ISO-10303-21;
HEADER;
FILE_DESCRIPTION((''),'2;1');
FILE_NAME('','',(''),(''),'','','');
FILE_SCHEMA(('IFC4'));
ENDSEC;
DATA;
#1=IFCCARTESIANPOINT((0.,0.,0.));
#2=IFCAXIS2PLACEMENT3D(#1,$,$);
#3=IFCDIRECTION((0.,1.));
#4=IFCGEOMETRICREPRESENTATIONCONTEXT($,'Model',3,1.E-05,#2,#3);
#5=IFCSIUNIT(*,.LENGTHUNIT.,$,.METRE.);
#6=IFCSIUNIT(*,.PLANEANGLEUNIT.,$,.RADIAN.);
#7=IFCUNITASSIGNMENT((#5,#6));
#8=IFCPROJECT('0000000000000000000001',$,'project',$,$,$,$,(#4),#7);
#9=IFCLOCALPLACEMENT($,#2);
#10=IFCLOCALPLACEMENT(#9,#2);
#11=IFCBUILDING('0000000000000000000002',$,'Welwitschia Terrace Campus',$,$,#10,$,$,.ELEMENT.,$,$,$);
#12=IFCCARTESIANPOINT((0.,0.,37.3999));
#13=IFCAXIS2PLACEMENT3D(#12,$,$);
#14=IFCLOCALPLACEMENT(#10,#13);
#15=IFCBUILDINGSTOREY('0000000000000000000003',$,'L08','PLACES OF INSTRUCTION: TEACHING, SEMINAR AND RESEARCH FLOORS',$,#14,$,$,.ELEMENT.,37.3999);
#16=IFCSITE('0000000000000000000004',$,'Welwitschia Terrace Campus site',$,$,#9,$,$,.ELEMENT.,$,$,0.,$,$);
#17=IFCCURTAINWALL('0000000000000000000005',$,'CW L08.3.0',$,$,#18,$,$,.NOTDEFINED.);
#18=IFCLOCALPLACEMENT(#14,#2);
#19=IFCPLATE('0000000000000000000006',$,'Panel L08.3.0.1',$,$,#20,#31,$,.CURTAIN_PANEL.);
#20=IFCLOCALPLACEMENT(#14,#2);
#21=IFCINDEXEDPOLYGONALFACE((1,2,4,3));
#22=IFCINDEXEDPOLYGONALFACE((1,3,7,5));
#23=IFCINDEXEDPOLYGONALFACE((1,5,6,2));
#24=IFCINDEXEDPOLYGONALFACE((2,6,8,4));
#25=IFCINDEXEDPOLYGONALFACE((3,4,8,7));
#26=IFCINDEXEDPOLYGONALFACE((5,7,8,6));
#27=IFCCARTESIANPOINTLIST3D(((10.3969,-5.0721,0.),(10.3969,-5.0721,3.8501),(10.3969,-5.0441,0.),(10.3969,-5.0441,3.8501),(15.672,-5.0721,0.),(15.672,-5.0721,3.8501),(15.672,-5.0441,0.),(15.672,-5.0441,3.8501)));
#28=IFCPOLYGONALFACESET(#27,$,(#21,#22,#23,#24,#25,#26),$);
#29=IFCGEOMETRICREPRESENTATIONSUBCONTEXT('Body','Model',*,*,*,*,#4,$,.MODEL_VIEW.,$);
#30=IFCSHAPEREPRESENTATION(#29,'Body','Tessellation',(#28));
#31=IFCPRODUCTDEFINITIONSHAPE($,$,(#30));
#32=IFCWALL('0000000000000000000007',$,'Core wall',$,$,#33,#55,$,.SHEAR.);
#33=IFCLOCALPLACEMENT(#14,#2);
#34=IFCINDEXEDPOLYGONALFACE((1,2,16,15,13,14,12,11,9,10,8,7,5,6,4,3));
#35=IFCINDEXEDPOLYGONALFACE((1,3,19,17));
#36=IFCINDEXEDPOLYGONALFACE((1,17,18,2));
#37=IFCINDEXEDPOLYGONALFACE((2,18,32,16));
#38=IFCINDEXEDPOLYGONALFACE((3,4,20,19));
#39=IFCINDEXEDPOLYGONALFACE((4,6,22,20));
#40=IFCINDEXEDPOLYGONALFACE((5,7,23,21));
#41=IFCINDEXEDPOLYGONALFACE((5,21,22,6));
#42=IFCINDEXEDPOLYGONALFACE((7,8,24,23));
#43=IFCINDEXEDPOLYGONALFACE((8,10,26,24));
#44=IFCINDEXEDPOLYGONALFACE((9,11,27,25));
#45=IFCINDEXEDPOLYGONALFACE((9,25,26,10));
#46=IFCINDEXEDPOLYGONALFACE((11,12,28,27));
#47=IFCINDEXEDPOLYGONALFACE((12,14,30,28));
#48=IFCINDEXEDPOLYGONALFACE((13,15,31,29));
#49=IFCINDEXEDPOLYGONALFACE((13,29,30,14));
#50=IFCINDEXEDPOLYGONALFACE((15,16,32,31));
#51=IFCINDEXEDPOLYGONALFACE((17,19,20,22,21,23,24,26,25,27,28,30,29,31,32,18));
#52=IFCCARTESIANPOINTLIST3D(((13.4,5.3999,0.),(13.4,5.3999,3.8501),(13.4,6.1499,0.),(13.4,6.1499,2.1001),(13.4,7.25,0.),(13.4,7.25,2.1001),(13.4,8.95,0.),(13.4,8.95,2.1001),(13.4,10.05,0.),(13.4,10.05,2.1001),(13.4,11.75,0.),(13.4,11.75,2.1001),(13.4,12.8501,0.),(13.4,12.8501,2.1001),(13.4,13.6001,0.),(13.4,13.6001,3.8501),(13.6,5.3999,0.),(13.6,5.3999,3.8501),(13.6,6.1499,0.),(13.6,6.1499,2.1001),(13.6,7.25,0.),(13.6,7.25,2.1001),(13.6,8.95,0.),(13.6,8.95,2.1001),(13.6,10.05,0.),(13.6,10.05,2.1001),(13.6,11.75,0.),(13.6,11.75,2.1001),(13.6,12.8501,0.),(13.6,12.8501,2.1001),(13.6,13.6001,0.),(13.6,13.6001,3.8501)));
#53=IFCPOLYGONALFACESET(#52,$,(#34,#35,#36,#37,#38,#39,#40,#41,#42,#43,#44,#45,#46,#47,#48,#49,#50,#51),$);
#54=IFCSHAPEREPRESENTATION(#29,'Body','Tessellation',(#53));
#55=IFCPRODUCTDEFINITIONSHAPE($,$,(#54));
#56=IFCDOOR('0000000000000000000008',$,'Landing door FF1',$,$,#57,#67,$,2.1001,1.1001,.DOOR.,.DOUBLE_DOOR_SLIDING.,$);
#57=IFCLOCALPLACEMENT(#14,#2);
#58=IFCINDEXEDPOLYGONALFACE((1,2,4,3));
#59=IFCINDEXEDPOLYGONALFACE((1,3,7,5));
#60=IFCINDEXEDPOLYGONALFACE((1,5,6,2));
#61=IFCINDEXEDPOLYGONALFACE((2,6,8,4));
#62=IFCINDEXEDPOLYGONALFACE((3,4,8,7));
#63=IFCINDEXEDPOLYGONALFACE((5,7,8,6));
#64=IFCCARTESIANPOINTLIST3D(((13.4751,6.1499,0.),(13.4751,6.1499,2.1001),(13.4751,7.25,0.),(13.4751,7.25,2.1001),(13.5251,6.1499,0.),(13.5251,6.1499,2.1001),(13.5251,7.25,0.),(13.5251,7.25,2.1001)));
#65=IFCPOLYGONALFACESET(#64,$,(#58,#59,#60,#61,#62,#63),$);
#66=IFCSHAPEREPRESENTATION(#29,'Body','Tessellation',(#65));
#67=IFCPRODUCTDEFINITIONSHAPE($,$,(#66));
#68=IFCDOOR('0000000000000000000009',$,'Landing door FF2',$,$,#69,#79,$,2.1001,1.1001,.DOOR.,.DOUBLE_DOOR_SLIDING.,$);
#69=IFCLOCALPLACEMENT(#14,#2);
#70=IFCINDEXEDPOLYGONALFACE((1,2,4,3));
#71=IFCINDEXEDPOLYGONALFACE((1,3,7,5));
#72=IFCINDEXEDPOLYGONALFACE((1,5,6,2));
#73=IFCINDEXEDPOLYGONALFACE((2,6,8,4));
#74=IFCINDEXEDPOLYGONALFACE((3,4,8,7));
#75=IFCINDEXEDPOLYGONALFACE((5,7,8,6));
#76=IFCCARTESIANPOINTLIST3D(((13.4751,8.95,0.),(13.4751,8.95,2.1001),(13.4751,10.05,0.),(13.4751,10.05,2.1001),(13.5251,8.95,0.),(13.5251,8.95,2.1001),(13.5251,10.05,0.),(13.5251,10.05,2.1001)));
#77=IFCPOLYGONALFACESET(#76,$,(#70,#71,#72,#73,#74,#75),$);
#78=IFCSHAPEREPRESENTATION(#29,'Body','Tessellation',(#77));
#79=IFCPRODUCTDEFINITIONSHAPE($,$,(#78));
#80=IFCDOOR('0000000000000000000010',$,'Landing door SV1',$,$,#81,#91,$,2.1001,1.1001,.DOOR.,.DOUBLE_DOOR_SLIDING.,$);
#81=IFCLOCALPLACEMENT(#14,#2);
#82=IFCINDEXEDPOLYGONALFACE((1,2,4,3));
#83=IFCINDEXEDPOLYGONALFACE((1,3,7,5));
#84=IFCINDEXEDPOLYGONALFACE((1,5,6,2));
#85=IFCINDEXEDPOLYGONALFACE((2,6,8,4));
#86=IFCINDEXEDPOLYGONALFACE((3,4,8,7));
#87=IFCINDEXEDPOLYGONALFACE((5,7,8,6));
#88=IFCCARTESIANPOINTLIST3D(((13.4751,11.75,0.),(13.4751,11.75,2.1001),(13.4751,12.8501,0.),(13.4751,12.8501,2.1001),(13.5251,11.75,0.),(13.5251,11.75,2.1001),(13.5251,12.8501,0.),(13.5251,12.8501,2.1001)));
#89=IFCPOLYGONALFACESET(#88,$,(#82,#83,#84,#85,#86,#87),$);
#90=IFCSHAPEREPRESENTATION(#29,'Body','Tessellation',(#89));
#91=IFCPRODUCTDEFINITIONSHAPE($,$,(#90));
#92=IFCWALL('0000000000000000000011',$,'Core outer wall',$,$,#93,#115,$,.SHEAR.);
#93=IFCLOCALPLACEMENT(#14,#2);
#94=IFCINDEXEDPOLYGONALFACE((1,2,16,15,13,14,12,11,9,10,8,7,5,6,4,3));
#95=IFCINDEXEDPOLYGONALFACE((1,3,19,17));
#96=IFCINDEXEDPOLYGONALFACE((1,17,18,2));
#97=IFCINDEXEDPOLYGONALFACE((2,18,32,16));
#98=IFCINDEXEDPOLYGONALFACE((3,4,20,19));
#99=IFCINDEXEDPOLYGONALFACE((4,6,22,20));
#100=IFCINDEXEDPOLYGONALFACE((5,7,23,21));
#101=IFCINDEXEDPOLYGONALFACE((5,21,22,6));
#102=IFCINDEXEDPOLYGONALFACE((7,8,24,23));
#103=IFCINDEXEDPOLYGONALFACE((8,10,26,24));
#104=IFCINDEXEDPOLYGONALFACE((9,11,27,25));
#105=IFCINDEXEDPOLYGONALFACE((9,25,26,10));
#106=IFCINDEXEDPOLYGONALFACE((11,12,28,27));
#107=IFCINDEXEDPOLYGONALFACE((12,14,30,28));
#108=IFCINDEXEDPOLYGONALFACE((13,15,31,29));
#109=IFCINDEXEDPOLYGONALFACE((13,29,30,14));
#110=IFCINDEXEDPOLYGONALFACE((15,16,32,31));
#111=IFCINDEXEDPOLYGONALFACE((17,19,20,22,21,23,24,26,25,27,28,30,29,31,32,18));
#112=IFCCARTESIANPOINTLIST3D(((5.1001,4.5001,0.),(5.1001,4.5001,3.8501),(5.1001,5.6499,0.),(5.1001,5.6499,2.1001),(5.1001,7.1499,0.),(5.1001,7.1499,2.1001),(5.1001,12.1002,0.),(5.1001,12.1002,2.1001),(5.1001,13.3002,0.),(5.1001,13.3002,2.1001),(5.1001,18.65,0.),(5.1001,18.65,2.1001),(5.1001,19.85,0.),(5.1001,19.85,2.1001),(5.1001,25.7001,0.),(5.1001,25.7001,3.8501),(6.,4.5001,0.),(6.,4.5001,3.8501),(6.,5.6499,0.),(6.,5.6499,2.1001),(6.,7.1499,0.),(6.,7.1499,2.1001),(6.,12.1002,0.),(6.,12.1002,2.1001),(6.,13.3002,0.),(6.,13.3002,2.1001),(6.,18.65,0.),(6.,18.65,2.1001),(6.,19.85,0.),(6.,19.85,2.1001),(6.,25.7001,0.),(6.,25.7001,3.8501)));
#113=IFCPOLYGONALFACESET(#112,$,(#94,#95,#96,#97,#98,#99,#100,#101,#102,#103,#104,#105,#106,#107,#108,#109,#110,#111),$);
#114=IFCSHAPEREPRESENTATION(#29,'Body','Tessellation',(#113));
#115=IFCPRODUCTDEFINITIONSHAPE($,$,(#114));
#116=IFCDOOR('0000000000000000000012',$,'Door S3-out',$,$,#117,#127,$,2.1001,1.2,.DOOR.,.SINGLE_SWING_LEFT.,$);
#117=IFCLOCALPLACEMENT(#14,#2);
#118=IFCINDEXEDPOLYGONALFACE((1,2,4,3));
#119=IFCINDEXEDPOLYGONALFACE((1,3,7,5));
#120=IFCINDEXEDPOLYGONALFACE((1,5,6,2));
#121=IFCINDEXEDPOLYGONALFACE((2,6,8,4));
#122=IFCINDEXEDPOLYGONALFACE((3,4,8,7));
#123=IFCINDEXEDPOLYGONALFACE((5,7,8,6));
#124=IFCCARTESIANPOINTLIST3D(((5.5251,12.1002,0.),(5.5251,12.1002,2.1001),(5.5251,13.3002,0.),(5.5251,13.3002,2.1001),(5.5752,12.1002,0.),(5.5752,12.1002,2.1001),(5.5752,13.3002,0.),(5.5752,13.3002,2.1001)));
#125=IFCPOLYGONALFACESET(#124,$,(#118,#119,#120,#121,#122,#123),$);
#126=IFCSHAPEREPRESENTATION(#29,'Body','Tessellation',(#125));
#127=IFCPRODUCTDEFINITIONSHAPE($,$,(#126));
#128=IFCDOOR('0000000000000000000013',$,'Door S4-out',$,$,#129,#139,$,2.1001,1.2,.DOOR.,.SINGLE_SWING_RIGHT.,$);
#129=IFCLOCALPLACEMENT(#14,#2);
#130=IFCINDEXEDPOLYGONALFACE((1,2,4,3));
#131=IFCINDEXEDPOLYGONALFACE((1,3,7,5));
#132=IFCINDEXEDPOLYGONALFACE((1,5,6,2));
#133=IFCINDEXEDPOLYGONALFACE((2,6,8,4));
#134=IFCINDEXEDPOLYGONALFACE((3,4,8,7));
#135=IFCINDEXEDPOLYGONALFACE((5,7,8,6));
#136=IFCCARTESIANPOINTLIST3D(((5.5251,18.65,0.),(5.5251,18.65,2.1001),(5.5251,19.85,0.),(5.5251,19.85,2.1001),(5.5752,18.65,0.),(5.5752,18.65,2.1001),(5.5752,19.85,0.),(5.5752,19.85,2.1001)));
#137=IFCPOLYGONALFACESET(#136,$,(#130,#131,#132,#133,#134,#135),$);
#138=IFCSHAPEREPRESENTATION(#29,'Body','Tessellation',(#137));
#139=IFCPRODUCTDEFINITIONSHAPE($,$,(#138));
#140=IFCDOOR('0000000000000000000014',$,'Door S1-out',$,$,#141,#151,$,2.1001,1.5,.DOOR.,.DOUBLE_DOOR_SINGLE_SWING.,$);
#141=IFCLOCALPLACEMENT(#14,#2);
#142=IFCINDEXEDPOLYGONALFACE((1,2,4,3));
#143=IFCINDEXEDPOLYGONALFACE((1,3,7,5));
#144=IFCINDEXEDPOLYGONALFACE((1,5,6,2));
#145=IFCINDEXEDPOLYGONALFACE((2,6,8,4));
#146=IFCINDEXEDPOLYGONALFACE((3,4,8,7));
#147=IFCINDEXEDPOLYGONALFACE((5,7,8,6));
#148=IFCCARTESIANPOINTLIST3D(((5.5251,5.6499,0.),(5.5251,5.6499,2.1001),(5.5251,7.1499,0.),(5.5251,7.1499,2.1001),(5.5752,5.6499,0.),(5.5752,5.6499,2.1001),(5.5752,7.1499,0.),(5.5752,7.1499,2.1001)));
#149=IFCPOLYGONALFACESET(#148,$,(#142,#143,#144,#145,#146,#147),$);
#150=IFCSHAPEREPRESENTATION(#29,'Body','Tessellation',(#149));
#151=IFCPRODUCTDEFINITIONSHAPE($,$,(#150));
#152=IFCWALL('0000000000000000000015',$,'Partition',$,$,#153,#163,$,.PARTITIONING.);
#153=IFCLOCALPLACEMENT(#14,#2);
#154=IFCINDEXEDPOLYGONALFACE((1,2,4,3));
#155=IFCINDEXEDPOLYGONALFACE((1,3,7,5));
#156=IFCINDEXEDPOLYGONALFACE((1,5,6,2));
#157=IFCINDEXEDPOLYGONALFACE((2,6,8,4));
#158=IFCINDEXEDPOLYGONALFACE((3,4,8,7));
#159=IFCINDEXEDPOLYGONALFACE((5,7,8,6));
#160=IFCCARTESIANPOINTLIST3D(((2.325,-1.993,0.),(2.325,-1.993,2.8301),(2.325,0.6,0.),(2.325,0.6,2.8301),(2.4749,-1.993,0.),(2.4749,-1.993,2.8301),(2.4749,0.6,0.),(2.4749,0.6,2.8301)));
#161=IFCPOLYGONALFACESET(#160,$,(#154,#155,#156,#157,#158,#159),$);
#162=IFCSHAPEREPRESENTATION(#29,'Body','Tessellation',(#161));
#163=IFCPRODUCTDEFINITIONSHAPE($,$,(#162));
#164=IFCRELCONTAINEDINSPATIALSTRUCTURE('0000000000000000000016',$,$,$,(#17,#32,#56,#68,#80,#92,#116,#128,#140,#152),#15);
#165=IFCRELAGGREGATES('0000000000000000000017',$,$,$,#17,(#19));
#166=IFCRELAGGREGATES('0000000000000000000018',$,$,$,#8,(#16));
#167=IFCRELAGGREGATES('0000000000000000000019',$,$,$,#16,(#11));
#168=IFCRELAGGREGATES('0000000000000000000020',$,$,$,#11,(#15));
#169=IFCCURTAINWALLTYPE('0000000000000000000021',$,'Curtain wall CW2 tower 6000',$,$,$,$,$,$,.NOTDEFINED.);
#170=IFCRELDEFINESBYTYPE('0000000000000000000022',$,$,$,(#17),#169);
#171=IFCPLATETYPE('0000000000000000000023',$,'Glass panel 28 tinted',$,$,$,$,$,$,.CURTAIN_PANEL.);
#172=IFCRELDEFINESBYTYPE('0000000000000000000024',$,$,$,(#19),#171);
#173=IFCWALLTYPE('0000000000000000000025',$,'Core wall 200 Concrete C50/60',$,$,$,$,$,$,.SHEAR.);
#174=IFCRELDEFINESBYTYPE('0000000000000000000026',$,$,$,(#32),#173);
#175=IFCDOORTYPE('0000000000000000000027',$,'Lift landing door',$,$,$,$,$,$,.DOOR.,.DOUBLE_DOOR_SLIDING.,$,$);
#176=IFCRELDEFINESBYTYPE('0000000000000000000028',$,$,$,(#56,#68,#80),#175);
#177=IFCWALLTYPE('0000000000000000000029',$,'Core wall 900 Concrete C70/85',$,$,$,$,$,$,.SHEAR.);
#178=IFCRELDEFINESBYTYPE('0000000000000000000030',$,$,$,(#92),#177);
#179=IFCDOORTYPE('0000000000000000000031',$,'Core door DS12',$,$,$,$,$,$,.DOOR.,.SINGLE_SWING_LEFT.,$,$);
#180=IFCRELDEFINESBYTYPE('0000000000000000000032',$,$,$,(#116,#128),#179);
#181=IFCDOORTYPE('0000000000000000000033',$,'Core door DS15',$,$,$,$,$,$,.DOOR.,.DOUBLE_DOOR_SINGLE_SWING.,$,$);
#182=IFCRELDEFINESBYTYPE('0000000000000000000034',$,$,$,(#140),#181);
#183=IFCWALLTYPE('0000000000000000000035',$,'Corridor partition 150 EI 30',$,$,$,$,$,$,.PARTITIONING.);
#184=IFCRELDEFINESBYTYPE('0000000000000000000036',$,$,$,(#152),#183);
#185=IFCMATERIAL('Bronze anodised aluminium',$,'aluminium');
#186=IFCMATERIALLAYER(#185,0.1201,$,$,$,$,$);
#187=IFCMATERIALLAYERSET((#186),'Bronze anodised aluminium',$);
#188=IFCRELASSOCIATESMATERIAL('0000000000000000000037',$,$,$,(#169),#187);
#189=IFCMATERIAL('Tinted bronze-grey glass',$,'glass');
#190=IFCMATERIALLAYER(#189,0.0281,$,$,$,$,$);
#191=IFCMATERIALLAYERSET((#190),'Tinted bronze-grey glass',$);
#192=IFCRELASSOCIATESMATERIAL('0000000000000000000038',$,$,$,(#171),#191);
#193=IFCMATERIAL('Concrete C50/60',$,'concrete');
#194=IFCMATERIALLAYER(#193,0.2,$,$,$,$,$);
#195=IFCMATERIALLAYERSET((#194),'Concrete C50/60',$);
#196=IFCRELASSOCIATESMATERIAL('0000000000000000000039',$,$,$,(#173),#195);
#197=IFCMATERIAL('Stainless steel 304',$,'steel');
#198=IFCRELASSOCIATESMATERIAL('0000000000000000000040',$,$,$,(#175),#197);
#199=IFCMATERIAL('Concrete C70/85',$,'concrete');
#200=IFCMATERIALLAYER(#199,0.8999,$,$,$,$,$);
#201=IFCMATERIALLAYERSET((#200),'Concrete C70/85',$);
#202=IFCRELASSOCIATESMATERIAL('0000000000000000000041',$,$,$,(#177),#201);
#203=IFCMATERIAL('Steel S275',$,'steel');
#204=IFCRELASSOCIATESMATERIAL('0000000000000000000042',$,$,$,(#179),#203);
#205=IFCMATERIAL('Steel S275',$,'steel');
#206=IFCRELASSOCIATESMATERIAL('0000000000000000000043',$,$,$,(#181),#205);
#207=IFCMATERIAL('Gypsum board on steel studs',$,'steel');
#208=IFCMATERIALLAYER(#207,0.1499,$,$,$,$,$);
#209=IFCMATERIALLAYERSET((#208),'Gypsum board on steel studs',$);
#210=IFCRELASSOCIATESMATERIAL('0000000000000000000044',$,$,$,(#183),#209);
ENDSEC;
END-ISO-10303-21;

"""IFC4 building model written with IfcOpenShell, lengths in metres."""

from ifc_helpers import new_model, si_unit, direction, frame, frame_2d, origin, origin_2d, place, context, subcontext, project, spatial, rectangle, extrude, material, layer, layer_set, type_object, element, fill, aggregate, save


model = new_model("IFC4")

# Units and contexts
model_context = context("Model", 3, precision=1e-05, world=origin(), true_north=direction((0.0, 1.0)))
body_context = subcontext(model_context, "Body", "Model", "MODEL_VIEW")
ifc_project = project(units=[si_unit("LENGTHUNIT", "METRE"), si_unit("PLANEANGLEUNIT", "RADIAN")], contexts=[model_context])

# Site, building, storey
site_placement = place(None, origin())
site = spatial("IfcSite", under=ifc_project, at=site_placement, Name="Welwitschia Terrace Campus site", CompositionType="ELEMENT", RefElevation=0.0)
building_placement = place(site_placement, origin())
building = spatial("IfcBuilding", under=site, at=building_placement, Name="Welwitschia Terrace Campus", CompositionType="ELEMENT")
storey_placement = place(building_placement, frame((0.0, 0.0, 37.3999)))
storey = spatial("IfcBuildingStorey", under=building, at=storey_placement, Name="L08", Description="PLACES OF INSTRUCTION: TEACHING, SEMINAR AND RESEARCH FLOORS", CompositionType="ELEMENT", Elevation=37.3999)

# Curtain wall
ifc_material_1 = material(Name="Bronze anodised aluminium", Category="aluminium")
ifc_layer_1 = layer(ifc_material_1, 0.1201)
ifc_layer_set_1 = layer_set([ifc_layer_1], Name="Bronze anodised aluminium")
curtain_wall_type = type_object("IfcCurtainWallType", Name="Curtain wall CW2 tower 6000", PredefinedType="NOTDEFINED", material=ifc_layer_set_1)
curtain_wall_1_placement = place(storey_placement, origin())
curtain_wall_1 = element("IfcCurtainWall", 1, at=curtain_wall_1_placement, inside=storey, type_object=curtain_wall_type, Name="CW L08.3.0", PredefinedType="NOTDEFINED")

# Plate
ifc_material_2 = material(Name="Tinted bronze-grey glass", Category="glass")
ifc_layer_2 = layer(ifc_material_2, 0.0281)
ifc_layer_set_2 = layer_set([ifc_layer_2], Name="Tinted bronze-grey glass")
plate_type = type_object("IfcPlateType", Name="Glass panel 28 tinted", PredefinedType="CURTAIN_PANEL", material=ifc_layer_set_2)
plate_1_placement = place(storey_placement, frame((13.0344, -5.0581, 0.0), z_axis=(0.0, 0.0, 1.0), x_axis=(1.0, 0.0, 0.0)))
plate_1 = element("IfcPlate", 2, at=plate_1_placement, type_object=plate_type, Name="Panel L08.3.0.1", PredefinedType="CURTAIN_PANEL", context=body_context, shape_type="SweptSolid", body=[
    extrude(rectangle(XDim=5.2751, YDim=0.0281, at=origin_2d()), origin(), (0.0, 0.0, 1.0), 3.8501),
])
aggregate(curtain_wall_1, [plate_1])

# Walls, openings, doors
ifc_material_3 = material(Name="Concrete C50/60", Category="concrete")
ifc_layer_3 = layer(ifc_material_3, 0.2)
ifc_layer_set_3 = layer_set([ifc_layer_3], Name="Concrete C50/60")
wall_type_1 = type_object("IfcWallType", Name="Core wall 200 Concrete C50/60", PredefinedType="SHEAR", material=ifc_layer_set_3)
wall_1_placement = place(storey_placement, frame((13.5, 5.3999, 0.0), z_axis=(0.0, 0.0, 1.0), x_axis=(0.0, 1.0, 0.0)))
wall_1 = element("IfcWall", 3, at=wall_1_placement, inside=storey, type_object=wall_type_1, Name="Core wall", PredefinedType="SHEAR", context=body_context, shape_type="SweptSolid", body=[
    extrude(rectangle(XDim=8.2002, YDim=0.2, at=frame_2d((4.1001, 0.0))), origin(), (0.0, 0.0, 1.0), 3.8501),
])
opening_1_placement = place(wall_1_placement, frame((0.75, 0.0, 0.0)))
opening_1 = element("IfcOpeningElement", 4, at=opening_1_placement, cuts=wall_1, PredefinedType="OPENING", context=body_context, shape_type="SweptSolid", body=[
    extrude(rectangle(XDim=1.1001, YDim=2.1001, at=frame_2d((0.55, 1.05))), frame((0.0, 0.1099, 0.0), z_axis=(0.0, -1.0, 0.0), x_axis=(1.0, 0.0, 0.0)), (0.0, 0.0, 1.0), 0.22),
])
opening_2_placement = place(wall_1_placement, frame((3.55, 0.0, 0.0)))
opening_2 = element("IfcOpeningElement", 5, at=opening_2_placement, cuts=wall_1, PredefinedType="OPENING", context=body_context, shape_type="SweptSolid", body=[
    extrude(rectangle(XDim=1.1001, YDim=2.1001, at=frame_2d((0.55, 1.05))), frame((0.0, 0.1099, 0.0), z_axis=(0.0, -1.0, 0.0), x_axis=(1.0, 0.0, 0.0)), (0.0, 0.0, 1.0), 0.22),
])
opening_3_placement = place(wall_1_placement, frame((6.3501, 0.0, 0.0)))
opening_3 = element("IfcOpeningElement", 6, at=opening_3_placement, cuts=wall_1, PredefinedType="OPENING", context=body_context, shape_type="SweptSolid", body=[
    extrude(rectangle(XDim=1.1001, YDim=2.1001, at=frame_2d((0.55, 1.05))), frame((0.0, 0.1099, 0.0), z_axis=(0.0, -1.0, 0.0), x_axis=(1.0, 0.0, 0.0)), (0.0, 0.0, 1.0), 0.22),
])
ifc_material_4 = material(Name="Stainless steel 304", Category="steel")
door_type_1 = type_object("IfcDoorType", Name="Lift landing door", OperationType="DOUBLE_DOOR_SLIDING", PredefinedType="DOOR", material=ifc_material_4)
door_1_placement = place(opening_1_placement, origin())
door_1 = element("IfcDoor", 7, at=door_1_placement, inside=storey, type_object=door_type_1, Name="Landing door FF1", OperationType="DOUBLE_DOOR_SLIDING", OverallHeight=2.1001, OverallWidth=1.1001, PredefinedType="DOOR", context=body_context, shape_type="SweptSolid", body=[
    extrude(rectangle(XDim=1.1001, YDim=2.1001, at=frame_2d((0.55, 1.05))), frame((0.0, 0.0249, 0.0), z_axis=(0.0, -1.0, 0.0), x_axis=(1.0, 0.0, 0.0)), (0.0, 0.0, 1.0), 0.05),
])
fill(opening_1, door_1)
door_2_placement = place(opening_2_placement, origin())
door_2 = element("IfcDoor", 8, at=door_2_placement, inside=storey, type_object=door_type_1, Name="Landing door FF2", OperationType="DOUBLE_DOOR_SLIDING", OverallHeight=2.1001, OverallWidth=1.1001, PredefinedType="DOOR", context=body_context, shape_type="SweptSolid", body=[
    extrude(rectangle(XDim=1.1001, YDim=2.1001, at=frame_2d((0.55, 1.05))), frame((0.0, 0.0249, 0.0), z_axis=(0.0, -1.0, 0.0), x_axis=(1.0, 0.0, 0.0)), (0.0, 0.0, 1.0), 0.05),
])
fill(opening_2, door_2)
door_3_placement = place(opening_3_placement, origin())
door_3 = element("IfcDoor", 9, at=door_3_placement, inside=storey, type_object=door_type_1, Name="Landing door SV1", OperationType="DOUBLE_DOOR_SLIDING", OverallHeight=2.1001, OverallWidth=1.1001, PredefinedType="DOOR", context=body_context, shape_type="SweptSolid", body=[
    extrude(rectangle(XDim=1.1001, YDim=2.1001, at=frame_2d((0.55, 1.05))), frame((0.0, 0.0249, 0.0), z_axis=(0.0, -1.0, 0.0), x_axis=(1.0, 0.0, 0.0)), (0.0, 0.0, 1.0), 0.05),
])
fill(opening_3, door_3)
ifc_material_5 = material(Name="Concrete C70/85", Category="concrete")
ifc_layer_4 = layer(ifc_material_5, 0.8999)
ifc_layer_set_4 = layer_set([ifc_layer_4], Name="Concrete C70/85")
wall_type_2 = type_object("IfcWallType", Name="Core wall 900 Concrete C70/85", PredefinedType="SHEAR", material=ifc_layer_set_4)
wall_2_placement = place(storey_placement, frame((5.55, 4.5, 0.0), z_axis=(0.0, 0.0, 1.0), x_axis=(0.0, 1.0, 0.0)))
wall_2 = element("IfcWall", 10, at=wall_2_placement, inside=storey, type_object=wall_type_2, Name="Core outer wall", PredefinedType="SHEAR", context=body_context, shape_type="SweptSolid", body=[
    extrude(rectangle(XDim=21.2, YDim=0.8999, at=frame_2d((10.6001, 0.0))), origin(), (0.0, 0.0, 1.0), 3.8501),
])
opening_4_placement = place(wall_2_placement, frame((1.1499, 0.0, 0.0)))
opening_4 = element("IfcOpeningElement", 11, at=opening_4_placement, cuts=wall_2, PredefinedType="OPENING", context=body_context, shape_type="SweptSolid", body=[
    extrude(rectangle(XDim=1.5, YDim=2.1001, at=frame_2d((0.75, 1.05))), frame((0.0, 0.46, 0.0), z_axis=(0.0, -1.0, 0.0), x_axis=(1.0, 0.0, 0.0)), (0.0, 0.0, 1.0), 0.9199),
])
opening_5_placement = place(wall_2_placement, frame((7.6001, 0.0, 0.0)))
opening_5 = element("IfcOpeningElement", 12, at=opening_5_placement, cuts=wall_2, PredefinedType="OPENING", context=body_context, shape_type="SweptSolid", body=[
    extrude(rectangle(XDim=1.2, YDim=2.1001, at=frame_2d((0.6001, 1.05))), frame((0.0, 0.46, 0.0), z_axis=(0.0, -1.0, 0.0), x_axis=(1.0, 0.0, 0.0)), (0.0, 0.0, 1.0), 0.9199),
])
opening_6_placement = place(wall_2_placement, frame((14.1499, 0.0, 0.0)))
opening_6 = element("IfcOpeningElement", 13, at=opening_6_placement, cuts=wall_2, PredefinedType="OPENING", context=body_context, shape_type="SweptSolid", body=[
    extrude(rectangle(XDim=1.2, YDim=2.1001, at=frame_2d((0.6001, 1.05))), frame((0.0, 0.46, 0.0), z_axis=(0.0, -1.0, 0.0), x_axis=(1.0, 0.0, 0.0)), (0.0, 0.0, 1.0), 0.9199),
])
ifc_material_6 = material(Name="Steel S275", Category="steel")
door_type_2 = type_object("IfcDoorType", Name="Core door DS12", OperationType="SINGLE_SWING_LEFT", PredefinedType="DOOR", material=ifc_material_6)
door_4_placement = place(opening_5_placement, origin())
door_4 = element("IfcDoor", 14, at=door_4_placement, inside=storey, type_object=door_type_2, Name="Door S3-out", OperationType="SINGLE_SWING_LEFT", OverallHeight=2.1001, OverallWidth=1.2, PredefinedType="DOOR", context=body_context, shape_type="SweptSolid", body=[
    extrude(rectangle(XDim=1.2, YDim=2.1001, at=frame_2d((0.6001, 1.05))), frame((0.0, 0.0249, 0.0), z_axis=(0.0, -1.0, 0.0), x_axis=(1.0, 0.0, 0.0)), (0.0, 0.0, 1.0), 0.05),
])
fill(opening_5, door_4)
door_5_placement = place(opening_6_placement, origin())
door_5 = element("IfcDoor", 15, at=door_5_placement, inside=storey, type_object=door_type_2, Name="Door S4-out", OperationType="SINGLE_SWING_RIGHT", OverallHeight=2.1001, OverallWidth=1.2, PredefinedType="DOOR", context=body_context, shape_type="SweptSolid", body=[
    extrude(rectangle(XDim=1.2, YDim=2.1001, at=frame_2d((0.6001, 1.05))), frame((0.0, 0.0249, 0.0), z_axis=(0.0, -1.0, 0.0), x_axis=(1.0, 0.0, 0.0)), (0.0, 0.0, 1.0), 0.05),
])
fill(opening_6, door_5)
ifc_material_7 = material(Name="Steel S275", Category="steel")
door_type_3 = type_object("IfcDoorType", Name="Core door DS15", OperationType="DOUBLE_DOOR_SINGLE_SWING", PredefinedType="DOOR", material=ifc_material_7)
door_6_placement = place(opening_4_placement, origin())
door_6 = element("IfcDoor", 16, at=door_6_placement, inside=storey, type_object=door_type_3, Name="Door S1-out", OperationType="DOUBLE_DOOR_SINGLE_SWING", OverallHeight=2.1001, OverallWidth=1.5, PredefinedType="DOOR", context=body_context, shape_type="SweptSolid", body=[
    extrude(rectangle(XDim=1.5, YDim=2.1001, at=frame_2d((0.75, 1.05))), frame((0.0, 0.0249, 0.0), z_axis=(0.0, -1.0, 0.0), x_axis=(1.0, 0.0, 0.0)), (0.0, 0.0, 1.0), 0.05),
])
fill(opening_4, door_6)

# Wall
ifc_material_8 = material(Name="Gypsum board on steel studs", Category="steel")
ifc_layer_5 = layer(ifc_material_8, 0.1499)
ifc_layer_set_5 = layer_set([ifc_layer_5], Name="Gypsum board on steel studs")
wall_type_3 = type_object("IfcWallType", Name="Corridor partition 150 EI 30", PredefinedType="PARTITIONING", material=ifc_layer_set_5)
wall_3_placement = place(storey_placement, frame((2.3999, -1.9929, 0.0), z_axis=(0.0, 0.0, 1.0), x_axis=(0.0, 1.0, 0.0)))
element("IfcWall", 17, at=wall_3_placement, inside=storey, type_object=wall_type_3, Name="Partition", PredefinedType="PARTITIONING", context=body_context, shape_type="SweptSolid", body=[
    extrude(rectangle(XDim=2.593, YDim=0.1499, at=frame_2d((1.2964, 0.0))), origin(), (0.0, 0.0, 1.0), 2.8301),
])

save(model, "model.ifc")
